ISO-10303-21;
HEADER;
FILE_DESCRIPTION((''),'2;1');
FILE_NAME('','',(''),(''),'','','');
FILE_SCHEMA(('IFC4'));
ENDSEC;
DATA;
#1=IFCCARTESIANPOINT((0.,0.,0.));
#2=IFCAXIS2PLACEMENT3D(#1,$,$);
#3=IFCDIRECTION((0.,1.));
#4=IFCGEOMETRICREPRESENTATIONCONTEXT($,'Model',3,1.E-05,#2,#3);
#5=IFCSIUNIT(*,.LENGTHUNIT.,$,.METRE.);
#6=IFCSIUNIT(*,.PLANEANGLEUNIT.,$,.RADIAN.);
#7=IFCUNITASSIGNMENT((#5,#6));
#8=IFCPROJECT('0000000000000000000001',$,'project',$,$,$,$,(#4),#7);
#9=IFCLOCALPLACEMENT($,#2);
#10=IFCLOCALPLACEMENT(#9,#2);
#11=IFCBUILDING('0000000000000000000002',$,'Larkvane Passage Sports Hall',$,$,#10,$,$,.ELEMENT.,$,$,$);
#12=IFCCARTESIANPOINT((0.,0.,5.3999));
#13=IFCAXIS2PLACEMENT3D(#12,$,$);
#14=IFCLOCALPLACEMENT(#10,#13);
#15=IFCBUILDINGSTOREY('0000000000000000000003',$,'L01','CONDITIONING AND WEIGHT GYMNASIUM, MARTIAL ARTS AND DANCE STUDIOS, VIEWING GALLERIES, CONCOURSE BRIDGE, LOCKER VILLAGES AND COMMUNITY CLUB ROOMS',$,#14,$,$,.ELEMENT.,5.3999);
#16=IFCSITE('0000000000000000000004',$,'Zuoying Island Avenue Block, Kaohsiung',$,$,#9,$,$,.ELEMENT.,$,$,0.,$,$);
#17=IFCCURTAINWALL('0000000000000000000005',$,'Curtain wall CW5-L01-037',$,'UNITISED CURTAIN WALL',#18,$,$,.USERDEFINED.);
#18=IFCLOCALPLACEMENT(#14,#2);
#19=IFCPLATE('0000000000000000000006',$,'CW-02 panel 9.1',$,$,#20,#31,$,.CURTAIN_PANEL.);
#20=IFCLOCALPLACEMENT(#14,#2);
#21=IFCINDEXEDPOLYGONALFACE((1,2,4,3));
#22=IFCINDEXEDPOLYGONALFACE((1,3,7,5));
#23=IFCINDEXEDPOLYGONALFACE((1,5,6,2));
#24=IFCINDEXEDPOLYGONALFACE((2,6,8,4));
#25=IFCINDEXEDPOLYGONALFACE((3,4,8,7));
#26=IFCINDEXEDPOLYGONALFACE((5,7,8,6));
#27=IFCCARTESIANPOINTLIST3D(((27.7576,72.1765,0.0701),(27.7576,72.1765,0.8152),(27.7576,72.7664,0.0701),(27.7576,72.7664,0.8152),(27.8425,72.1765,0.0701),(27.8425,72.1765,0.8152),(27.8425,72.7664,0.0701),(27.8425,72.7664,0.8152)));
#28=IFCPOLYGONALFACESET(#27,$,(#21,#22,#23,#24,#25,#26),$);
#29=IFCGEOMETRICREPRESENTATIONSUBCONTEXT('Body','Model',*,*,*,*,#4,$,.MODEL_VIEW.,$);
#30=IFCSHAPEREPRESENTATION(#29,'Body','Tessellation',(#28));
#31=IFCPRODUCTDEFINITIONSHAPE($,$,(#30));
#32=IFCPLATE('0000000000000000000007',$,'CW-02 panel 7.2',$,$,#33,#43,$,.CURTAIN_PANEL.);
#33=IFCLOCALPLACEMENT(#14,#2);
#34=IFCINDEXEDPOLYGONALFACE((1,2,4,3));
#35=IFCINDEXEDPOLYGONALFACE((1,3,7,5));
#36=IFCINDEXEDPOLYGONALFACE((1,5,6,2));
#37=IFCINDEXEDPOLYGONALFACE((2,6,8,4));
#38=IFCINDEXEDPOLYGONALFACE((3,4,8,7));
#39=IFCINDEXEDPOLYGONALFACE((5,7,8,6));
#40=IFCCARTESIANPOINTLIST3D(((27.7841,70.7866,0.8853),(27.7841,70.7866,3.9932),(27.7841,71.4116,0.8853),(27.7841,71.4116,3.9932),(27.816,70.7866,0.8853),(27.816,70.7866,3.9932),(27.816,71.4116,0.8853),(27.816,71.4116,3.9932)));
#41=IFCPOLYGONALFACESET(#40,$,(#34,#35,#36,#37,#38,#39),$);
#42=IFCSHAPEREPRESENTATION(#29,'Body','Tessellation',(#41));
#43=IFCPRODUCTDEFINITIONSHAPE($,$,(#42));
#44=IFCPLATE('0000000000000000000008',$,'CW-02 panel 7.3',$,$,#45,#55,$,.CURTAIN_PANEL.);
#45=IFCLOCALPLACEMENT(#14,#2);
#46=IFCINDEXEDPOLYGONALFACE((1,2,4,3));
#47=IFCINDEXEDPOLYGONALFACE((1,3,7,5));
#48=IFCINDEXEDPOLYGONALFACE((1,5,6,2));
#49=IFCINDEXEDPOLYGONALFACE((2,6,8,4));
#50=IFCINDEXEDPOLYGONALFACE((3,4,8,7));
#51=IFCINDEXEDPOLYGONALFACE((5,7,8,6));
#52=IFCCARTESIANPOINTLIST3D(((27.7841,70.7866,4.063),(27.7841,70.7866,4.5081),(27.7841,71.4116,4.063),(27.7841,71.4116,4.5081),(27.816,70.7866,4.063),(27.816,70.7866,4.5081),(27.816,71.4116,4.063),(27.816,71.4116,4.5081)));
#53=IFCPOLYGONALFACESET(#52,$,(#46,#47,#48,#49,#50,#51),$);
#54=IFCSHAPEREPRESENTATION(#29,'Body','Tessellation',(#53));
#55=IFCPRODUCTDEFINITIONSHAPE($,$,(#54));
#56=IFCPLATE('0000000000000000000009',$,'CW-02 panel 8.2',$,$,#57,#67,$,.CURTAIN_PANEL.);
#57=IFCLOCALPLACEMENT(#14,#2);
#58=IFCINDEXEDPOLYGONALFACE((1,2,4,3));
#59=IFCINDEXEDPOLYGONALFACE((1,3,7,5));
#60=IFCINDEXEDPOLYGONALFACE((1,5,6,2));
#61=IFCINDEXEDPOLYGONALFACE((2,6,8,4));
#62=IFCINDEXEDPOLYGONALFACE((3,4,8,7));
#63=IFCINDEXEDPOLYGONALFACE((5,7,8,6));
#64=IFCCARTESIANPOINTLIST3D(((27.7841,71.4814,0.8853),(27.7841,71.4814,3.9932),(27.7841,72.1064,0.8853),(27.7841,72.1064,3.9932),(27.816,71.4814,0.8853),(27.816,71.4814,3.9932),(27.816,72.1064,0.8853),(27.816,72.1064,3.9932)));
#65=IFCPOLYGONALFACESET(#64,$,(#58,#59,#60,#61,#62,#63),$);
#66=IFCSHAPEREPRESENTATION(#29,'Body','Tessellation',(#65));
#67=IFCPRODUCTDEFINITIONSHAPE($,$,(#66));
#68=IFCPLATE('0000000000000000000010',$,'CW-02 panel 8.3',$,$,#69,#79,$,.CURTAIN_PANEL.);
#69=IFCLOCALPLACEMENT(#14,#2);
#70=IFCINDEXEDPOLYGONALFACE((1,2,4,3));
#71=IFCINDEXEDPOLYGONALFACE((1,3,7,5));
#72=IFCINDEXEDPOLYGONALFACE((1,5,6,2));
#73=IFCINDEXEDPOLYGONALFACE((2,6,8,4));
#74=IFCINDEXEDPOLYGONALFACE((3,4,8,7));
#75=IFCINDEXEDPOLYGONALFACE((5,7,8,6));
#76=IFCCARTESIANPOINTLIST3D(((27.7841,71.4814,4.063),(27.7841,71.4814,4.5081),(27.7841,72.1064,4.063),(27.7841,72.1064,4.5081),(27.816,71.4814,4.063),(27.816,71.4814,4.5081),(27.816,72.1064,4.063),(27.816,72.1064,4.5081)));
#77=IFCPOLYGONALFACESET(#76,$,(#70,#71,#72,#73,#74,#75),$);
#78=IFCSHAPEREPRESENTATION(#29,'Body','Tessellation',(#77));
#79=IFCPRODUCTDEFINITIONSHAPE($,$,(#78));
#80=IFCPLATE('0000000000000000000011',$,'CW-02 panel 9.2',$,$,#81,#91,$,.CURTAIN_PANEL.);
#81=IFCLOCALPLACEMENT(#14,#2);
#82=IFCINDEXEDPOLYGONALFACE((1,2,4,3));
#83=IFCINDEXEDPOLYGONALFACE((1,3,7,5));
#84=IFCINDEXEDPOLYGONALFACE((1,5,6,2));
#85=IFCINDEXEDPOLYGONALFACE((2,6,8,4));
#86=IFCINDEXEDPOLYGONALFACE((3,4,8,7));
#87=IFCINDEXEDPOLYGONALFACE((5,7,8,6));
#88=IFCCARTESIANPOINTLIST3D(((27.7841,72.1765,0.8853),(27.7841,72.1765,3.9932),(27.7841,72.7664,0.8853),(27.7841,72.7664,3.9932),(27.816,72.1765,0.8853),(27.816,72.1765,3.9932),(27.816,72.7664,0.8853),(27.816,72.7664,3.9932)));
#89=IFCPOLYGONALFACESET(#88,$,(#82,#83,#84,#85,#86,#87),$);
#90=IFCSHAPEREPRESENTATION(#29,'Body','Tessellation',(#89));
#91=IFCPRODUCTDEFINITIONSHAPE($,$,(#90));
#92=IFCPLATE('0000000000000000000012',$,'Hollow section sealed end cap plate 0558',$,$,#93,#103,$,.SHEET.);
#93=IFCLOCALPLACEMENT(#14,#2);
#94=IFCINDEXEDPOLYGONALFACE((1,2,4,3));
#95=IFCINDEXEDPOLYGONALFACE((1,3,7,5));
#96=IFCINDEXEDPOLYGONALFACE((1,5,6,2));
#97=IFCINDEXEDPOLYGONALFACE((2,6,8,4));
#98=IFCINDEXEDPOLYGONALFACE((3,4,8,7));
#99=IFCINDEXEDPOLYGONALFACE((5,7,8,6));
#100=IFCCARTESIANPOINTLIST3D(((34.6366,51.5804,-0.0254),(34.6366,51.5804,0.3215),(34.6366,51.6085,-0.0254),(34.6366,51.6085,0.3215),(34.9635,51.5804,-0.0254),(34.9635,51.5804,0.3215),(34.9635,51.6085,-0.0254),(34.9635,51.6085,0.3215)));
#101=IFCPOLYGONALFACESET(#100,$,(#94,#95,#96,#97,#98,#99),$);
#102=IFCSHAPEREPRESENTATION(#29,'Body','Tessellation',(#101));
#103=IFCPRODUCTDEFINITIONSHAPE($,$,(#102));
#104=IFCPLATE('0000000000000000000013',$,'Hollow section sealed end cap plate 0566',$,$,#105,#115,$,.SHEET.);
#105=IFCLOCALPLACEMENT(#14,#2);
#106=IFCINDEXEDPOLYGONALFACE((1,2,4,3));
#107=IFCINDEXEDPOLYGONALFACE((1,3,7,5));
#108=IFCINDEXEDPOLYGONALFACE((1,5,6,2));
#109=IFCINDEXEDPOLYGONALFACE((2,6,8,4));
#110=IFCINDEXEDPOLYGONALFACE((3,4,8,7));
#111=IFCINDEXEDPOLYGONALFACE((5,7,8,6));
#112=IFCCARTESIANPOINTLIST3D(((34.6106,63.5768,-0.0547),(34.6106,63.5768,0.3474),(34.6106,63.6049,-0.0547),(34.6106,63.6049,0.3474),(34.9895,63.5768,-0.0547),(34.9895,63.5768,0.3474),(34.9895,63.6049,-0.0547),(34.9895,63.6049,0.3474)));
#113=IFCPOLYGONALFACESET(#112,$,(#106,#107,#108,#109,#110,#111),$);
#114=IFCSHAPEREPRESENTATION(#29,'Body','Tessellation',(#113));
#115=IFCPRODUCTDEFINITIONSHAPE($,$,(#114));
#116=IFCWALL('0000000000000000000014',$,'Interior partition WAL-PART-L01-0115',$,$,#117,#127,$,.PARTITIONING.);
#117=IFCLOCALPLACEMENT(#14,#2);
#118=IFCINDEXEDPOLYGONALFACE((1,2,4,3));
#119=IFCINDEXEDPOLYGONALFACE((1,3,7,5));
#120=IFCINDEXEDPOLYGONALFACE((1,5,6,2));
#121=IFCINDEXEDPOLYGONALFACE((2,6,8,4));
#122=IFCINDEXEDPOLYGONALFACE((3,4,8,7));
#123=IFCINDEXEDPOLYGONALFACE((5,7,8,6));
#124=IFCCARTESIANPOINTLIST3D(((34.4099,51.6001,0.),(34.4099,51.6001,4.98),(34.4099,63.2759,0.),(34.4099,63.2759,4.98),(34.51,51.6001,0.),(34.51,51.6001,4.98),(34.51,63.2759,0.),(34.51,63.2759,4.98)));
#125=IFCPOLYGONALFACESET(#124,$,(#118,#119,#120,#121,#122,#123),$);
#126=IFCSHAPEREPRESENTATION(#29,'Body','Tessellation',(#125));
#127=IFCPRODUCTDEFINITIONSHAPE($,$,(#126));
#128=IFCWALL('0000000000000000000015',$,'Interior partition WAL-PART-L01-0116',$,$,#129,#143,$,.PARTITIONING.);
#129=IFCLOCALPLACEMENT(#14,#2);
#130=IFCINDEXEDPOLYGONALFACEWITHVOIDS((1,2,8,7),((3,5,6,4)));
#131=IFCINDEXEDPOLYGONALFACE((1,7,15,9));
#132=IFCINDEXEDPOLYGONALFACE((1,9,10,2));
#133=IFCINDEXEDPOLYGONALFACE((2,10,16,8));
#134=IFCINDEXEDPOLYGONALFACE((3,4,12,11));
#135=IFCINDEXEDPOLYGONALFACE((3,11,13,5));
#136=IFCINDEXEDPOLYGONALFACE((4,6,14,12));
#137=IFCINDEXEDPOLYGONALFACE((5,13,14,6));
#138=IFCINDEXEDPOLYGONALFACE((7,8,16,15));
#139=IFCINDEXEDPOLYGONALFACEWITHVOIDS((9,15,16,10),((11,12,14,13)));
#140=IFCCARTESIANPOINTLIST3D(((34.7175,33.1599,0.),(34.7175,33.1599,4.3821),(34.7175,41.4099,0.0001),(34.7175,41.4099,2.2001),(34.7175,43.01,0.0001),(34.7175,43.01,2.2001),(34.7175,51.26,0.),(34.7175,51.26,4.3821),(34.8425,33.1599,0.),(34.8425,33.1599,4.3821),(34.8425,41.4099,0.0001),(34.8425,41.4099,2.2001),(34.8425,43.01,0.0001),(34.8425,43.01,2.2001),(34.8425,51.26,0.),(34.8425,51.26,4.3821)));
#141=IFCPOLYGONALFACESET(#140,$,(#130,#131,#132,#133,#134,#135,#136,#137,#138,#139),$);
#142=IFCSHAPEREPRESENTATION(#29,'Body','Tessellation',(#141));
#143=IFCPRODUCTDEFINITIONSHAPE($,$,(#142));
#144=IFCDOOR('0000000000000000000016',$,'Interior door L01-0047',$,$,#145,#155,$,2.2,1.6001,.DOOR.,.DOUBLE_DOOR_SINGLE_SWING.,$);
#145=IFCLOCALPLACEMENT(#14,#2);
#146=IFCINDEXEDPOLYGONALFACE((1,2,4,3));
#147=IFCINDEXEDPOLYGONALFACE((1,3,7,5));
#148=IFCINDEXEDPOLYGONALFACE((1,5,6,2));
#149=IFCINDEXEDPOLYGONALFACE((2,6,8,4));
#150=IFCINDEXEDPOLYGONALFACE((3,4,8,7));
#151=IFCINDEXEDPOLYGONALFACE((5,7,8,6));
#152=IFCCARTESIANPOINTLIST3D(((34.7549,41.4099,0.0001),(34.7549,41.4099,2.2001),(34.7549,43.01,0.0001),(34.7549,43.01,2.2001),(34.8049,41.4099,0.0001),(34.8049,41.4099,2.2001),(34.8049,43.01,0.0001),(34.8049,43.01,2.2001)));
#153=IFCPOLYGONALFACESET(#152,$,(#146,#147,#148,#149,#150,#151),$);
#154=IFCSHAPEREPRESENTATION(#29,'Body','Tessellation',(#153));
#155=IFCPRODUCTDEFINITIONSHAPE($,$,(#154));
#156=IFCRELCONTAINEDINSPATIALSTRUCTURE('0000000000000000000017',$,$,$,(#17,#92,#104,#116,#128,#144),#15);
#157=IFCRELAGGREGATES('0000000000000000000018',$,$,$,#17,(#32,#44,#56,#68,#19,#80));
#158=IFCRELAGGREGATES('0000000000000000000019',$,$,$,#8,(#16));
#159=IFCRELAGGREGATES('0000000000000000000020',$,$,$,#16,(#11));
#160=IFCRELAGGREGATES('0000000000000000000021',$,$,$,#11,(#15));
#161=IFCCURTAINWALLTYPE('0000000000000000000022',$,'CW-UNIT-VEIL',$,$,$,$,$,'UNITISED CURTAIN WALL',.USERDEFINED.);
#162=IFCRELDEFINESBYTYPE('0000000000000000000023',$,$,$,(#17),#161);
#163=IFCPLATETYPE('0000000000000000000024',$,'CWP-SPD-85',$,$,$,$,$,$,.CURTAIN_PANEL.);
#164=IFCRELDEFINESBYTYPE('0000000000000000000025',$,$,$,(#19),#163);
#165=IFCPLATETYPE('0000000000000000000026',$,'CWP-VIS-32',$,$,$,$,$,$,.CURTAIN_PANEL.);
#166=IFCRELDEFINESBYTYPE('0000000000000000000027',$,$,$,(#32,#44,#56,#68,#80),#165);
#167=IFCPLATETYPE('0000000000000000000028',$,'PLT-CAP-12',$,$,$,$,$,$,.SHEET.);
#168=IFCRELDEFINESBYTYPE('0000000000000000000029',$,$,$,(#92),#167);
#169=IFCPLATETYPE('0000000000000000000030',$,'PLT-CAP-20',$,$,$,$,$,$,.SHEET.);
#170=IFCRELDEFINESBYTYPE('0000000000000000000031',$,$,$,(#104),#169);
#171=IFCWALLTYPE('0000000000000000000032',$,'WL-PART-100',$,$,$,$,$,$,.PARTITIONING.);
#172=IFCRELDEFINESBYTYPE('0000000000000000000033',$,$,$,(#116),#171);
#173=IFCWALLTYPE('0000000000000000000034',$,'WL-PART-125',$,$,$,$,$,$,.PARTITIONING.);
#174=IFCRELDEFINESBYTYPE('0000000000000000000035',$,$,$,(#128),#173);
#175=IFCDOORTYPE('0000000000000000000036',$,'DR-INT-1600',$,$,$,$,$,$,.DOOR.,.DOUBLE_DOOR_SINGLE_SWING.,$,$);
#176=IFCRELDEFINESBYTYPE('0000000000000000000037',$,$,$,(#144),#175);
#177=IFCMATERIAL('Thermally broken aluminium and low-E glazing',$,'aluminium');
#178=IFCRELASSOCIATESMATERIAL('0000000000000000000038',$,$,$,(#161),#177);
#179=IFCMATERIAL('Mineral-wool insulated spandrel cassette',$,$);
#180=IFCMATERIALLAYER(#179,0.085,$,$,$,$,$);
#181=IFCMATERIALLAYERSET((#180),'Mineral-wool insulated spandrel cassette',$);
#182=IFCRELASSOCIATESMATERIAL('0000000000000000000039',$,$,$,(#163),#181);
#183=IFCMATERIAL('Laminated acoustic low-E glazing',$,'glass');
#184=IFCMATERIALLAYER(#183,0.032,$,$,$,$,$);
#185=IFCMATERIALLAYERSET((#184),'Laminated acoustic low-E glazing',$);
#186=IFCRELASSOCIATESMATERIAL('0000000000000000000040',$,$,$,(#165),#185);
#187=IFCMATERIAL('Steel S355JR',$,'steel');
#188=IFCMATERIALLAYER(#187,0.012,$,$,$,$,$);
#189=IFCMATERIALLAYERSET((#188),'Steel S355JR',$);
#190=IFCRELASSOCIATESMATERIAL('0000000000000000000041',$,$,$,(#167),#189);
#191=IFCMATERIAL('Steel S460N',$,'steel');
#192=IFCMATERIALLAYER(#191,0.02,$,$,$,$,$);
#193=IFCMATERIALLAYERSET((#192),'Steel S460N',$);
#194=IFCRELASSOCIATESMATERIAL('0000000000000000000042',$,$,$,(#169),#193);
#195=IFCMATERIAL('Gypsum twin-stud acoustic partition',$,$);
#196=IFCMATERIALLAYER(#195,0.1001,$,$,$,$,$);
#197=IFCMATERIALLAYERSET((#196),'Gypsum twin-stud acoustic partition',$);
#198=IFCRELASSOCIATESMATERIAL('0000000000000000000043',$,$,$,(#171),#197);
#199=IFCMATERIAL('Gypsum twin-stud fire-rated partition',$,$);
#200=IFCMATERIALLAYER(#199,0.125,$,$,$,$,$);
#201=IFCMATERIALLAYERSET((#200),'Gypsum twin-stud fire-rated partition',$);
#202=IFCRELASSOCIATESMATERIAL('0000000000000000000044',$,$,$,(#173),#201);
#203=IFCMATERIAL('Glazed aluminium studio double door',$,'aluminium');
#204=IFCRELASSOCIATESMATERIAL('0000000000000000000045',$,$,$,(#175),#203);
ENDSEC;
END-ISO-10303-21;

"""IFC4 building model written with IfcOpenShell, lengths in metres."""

from ifc_helpers import new_model, si_unit, direction, frame, frame_2d, origin, origin_2d, place, context, subcontext, project, spatial, rectangle, extrude, material, layer, layer_set, type_object, element, fill, aggregate, save


model = new_model("IFC4")

# Units and contexts
model_context = context("Model", 3, precision=1e-05, world=origin(), true_north=direction((0.0, 1.0)))
body_context = subcontext(model_context, "Body", "Model", "MODEL_VIEW")
ifc_project = project(units=[si_unit("LENGTHUNIT", "METRE"), si_unit("PLANEANGLEUNIT", "RADIAN")], contexts=[model_context])

# Site, building, storey
site_placement = place(None, origin())
site = spatial("IfcSite", under=ifc_project, at=site_placement, Name="Zuoying Island Avenue Block, Kaohsiung", CompositionType="ELEMENT", RefElevation=0.0)
building_placement = place(site_placement, origin())
building = spatial("IfcBuilding", under=site, at=building_placement, Name="Larkvane Passage Sports Hall", CompositionType="ELEMENT")
storey_placement = place(building_placement, frame((0.0, 0.0, 5.3999)))
storey = spatial("IfcBuildingStorey", under=building, at=storey_placement, Name="L01", Description="CONDITIONING AND WEIGHT GYMNASIUM, MARTIAL ARTS AND DANCE STUDIOS, VIEWING GALLERIES, CONCOURSE BRIDGE, LOCKER VILLAGES AND COMMUNITY CLUB ROOMS", CompositionType="ELEMENT", Elevation=5.3999)

# Shared definitions
ifc_material_1 = material(Name="Steel S460N", Category="steel")

# Curtain wall
ifc_material_2 = material(Name="Thermally broken aluminium and low-E glazing", Category="aluminium")
curtain_wall_type = type_object("IfcCurtainWallType", Name="CW-UNIT-VEIL", ElementType="UNITISED CURTAIN WALL", PredefinedType="USERDEFINED", material=ifc_material_2)
curtain_wall_placement = place(storey_placement, origin())
curtain_wall = element("IfcCurtainWall", 1, at=curtain_wall_placement, inside=storey, type_object=curtain_wall_type, Name="Curtain wall CW5-L01-037", ObjectType="UNITISED CURTAIN WALL", PredefinedType="USERDEFINED")

# Shared definitions
ifc_material_3 = material(Name="Steel S355JR", Category="steel")

# Plates
ifc_material_4 = material(Name="Mineral-wool insulated spandrel cassette")
ifc_layer_1 = layer(ifc_material_4, 0.085)
ifc_layer_set_1 = layer_set([ifc_layer_1], Name="Mineral-wool insulated spandrel cassette")
plate_type_1 = type_object("IfcPlateType", Name="CWP-SPD-85", PredefinedType="CURTAIN_PANEL", material=ifc_layer_set_1)
plate_1_placement = place(storey_placement, frame((27.8, 72.4714, 0.0701), z_axis=(0.0, 0.0, 1.0), x_axis=(0.0, 1.0, 0.0)))
plate_1 = element("IfcPlate", 2, at=plate_1_placement, type_object=plate_type_1, Name="CW-02 panel 9.1", PredefinedType="CURTAIN_PANEL", context=body_context, shape_type="SweptSolid", body=[
    extrude(rectangle(XDim=0.5898, YDim=0.085, at=origin_2d()), origin(), (0.0, 0.0, 1.0), 0.7451),
])
ifc_material_5 = material(Name="Laminated acoustic low-E glazing", Category="glass")
ifc_layer_2 = layer(ifc_material_5, 0.032)
ifc_layer_set_2 = layer_set([ifc_layer_2], Name="Laminated acoustic low-E glazing")
plate_type_2 = type_object("IfcPlateType", Name="CWP-VIS-32", PredefinedType="CURTAIN_PANEL", material=ifc_layer_set_2)
plate_2_placement = place(storey_placement, frame((27.8, 71.0991, 0.8853), z_axis=(0.0, 0.0, 1.0), x_axis=(0.0, 1.0, 0.0)))
plate_2 = element("IfcPlate", 3, at=plate_2_placement, type_object=plate_type_2, Name="CW-02 panel 7.2", PredefinedType="CURTAIN_PANEL", context=body_context, shape_type="SweptSolid", body=[
    extrude(rectangle(XDim=0.625, YDim=0.032, at=origin_2d()), origin(), (0.0, 0.0, 1.0), 3.1079),
])
plate_3_placement = place(storey_placement, frame((27.8, 71.0991, 4.063), z_axis=(0.0, 0.0, 1.0), x_axis=(0.0, 1.0, 0.0)))
plate_3 = element("IfcPlate", 4, at=plate_3_placement, type_object=plate_type_2, Name="CW-02 panel 7.3", PredefinedType="CURTAIN_PANEL", context=body_context, shape_type="SweptSolid", body=[
    extrude(rectangle(XDim=0.625, YDim=0.032, at=origin_2d()), origin(), (0.0, 0.0, 1.0), 0.4451),
])
plate_4_placement = place(storey_placement, frame((27.8, 71.7939, 0.8853), z_axis=(0.0, 0.0, 1.0), x_axis=(0.0, 1.0, 0.0)))
plate_4 = element("IfcPlate", 5, at=plate_4_placement, type_object=plate_type_2, Name="CW-02 panel 8.2", PredefinedType="CURTAIN_PANEL", context=body_context, shape_type="SweptSolid", body=[
    extrude(rectangle(XDim=0.625, YDim=0.032, at=origin_2d()), origin(), (0.0, 0.0, 1.0), 3.1079),
])
plate_5_placement = place(storey_placement, frame((27.8, 71.7939, 4.063), z_axis=(0.0, 0.0, 1.0), x_axis=(0.0, 1.0, 0.0)))
plate_5 = element("IfcPlate", 6, at=plate_5_placement, type_object=plate_type_2, Name="CW-02 panel 8.3", PredefinedType="CURTAIN_PANEL", context=body_context, shape_type="SweptSolid", body=[
    extrude(rectangle(XDim=0.625, YDim=0.032, at=origin_2d()), origin(), (0.0, 0.0, 1.0), 0.4451),
])
plate_6_placement = place(storey_placement, frame((27.8, 72.4714, 0.8853), z_axis=(0.0, 0.0, 1.0), x_axis=(0.0, 1.0, 0.0)))
plate_6 = element("IfcPlate", 7, at=plate_6_placement, type_object=plate_type_2, Name="CW-02 panel 9.2", PredefinedType="CURTAIN_PANEL", context=body_context, shape_type="SweptSolid", body=[
    extrude(rectangle(XDim=0.5898, YDim=0.032, at=origin_2d()), origin(), (0.0, 0.0, 1.0), 3.1079),
])
aggregate(curtain_wall, [plate_2, plate_3, plate_4, plate_5, plate_1, plate_6])

# Plates
ifc_layer_3 = layer(ifc_material_3, 0.012)
ifc_layer_set_3 = layer_set([ifc_layer_3], Name="Steel S355JR")
plate_type_3 = type_object("IfcPlateType", Name="PLT-CAP-12", PredefinedType="SHEET", material=ifc_layer_set_3)
plate_7_placement = place(storey_placement, frame((34.8, 51.5945, -0.0254), z_axis=(0.0, 0.0, 1.0), x_axis=(-1.0, 0.0, 0.0)))
element("IfcPlate", 8, at=plate_7_placement, inside=storey, type_object=plate_type_3, Name="Hollow section sealed end cap plate 0558", PredefinedType="SHEET", context=body_context, shape_type="SweptSolid", body=[
    extrude(rectangle(XDim=0.3269, YDim=0.0281, at=origin_2d()), origin(), (0.0, 0.0, 1.0), 0.3469),
])
ifc_layer_4 = layer(ifc_material_1, 0.02)
ifc_layer_set_4 = layer_set([ifc_layer_4], Name="Steel S460N")
plate_type_4 = type_object("IfcPlateType", Name="PLT-CAP-20", PredefinedType="SHEET", material=ifc_layer_set_4)
plate_8_placement = place(storey_placement, frame((34.8, 63.5908, -0.0547), z_axis=(0.0, 0.0, 1.0), x_axis=(-1.0, 0.0, 0.0)))
element("IfcPlate", 9, at=plate_8_placement, inside=storey, type_object=plate_type_4, Name="Hollow section sealed end cap plate 0566", PredefinedType="SHEET", context=body_context, shape_type="SweptSolid", body=[
    extrude(rectangle(XDim=0.3789, YDim=0.0281, at=origin_2d()), origin(), (0.0, 0.0, 1.0), 0.4021),
])

# Wall
ifc_material_6 = material(Name="Gypsum twin-stud acoustic partition")
ifc_layer_5 = layer(ifc_material_6, 0.1001)
ifc_layer_set_5 = layer_set([ifc_layer_5], Name="Gypsum twin-stud acoustic partition")
wall_type_1 = type_object("IfcWallType", Name="WL-PART-100", PredefinedType="PARTITIONING", material=ifc_layer_set_5)
wall_1_placement = place(storey_placement, frame((34.46, 63.2759, 0.0), z_axis=(0.0, 0.0, 1.0), x_axis=(0.0, -1.0, 0.0)))
element("IfcWall", 10, at=wall_1_placement, inside=storey, type_object=wall_type_1, Name="Interior partition WAL-PART-L01-0115", PredefinedType="PARTITIONING", context=body_context, shape_type="SweptSolid", body=[
    extrude(rectangle(XDim=11.6758, YDim=0.1001, at=frame_2d((5.8379, 0.0))), origin(), (0.0, 0.0, 1.0), 4.98),
])

# Wall, opening, door
ifc_material_7 = material(Name="Gypsum twin-stud fire-rated partition")
ifc_layer_6 = layer(ifc_material_7, 0.125)
ifc_layer_set_6 = layer_set([ifc_layer_6], Name="Gypsum twin-stud fire-rated partition")
wall_type_2 = type_object("IfcWallType", Name="WL-PART-125", PredefinedType="PARTITIONING", material=ifc_layer_set_6)
wall_2_placement = place(storey_placement, frame((34.78, 51.26, 0.0), z_axis=(0.0, 0.0, 1.0), x_axis=(0.0, -1.0, 0.0)))
wall_2 = element("IfcWall", 11, at=wall_2_placement, inside=storey, type_object=wall_type_2, Name="Interior partition WAL-PART-L01-0116", PredefinedType="PARTITIONING", context=body_context, shape_type="SweptSolid", body=[
    extrude(rectangle(XDim=18.1001, YDim=0.125, at=frame_2d((9.05, 0.0))), origin(), (0.0, 0.0, 1.0), 4.3821),
])
opening_placement = place(wall_2_placement, frame((8.25, 0.0, 0.0)))
opening = element("IfcOpeningElement", 12, at=opening_placement, cuts=wall_2, PredefinedType="OPENING", context=body_context, shape_type="SweptSolid", body=[
    extrude(rectangle(XDim=1.6001, YDim=2.2, at=frame_2d((0.8, 1.1001))), frame((0.0, 0.0725, 0.0), z_axis=(0.0, -1.0, 0.0), x_axis=(1.0, 0.0, 0.0)), (0.0, 0.0, 1.0), 0.145),
])
ifc_material_8 = material(Name="Glazed aluminium studio double door", Category="aluminium")
door_type = type_object("IfcDoorType", Name="DR-INT-1600", OperationType="DOUBLE_DOOR_SINGLE_SWING", PredefinedType="DOOR", material=ifc_material_8)
door_placement = place(opening_placement, origin())
door = element("IfcDoor", 13, at=door_placement, inside=storey, type_object=door_type, Name="Interior door L01-0047", OperationType="DOUBLE_DOOR_SINGLE_SWING", OverallHeight=2.2, OverallWidth=1.6001, PredefinedType="DOOR", context=body_context, shape_type="SweptSolid", body=[
    extrude(rectangle(XDim=1.6001, YDim=2.2, at=frame_2d((0.8, 1.1001))), frame((0.0, 0.0249, 0.0), z_axis=(0.0, -1.0, 0.0), x_axis=(1.0, 0.0, 0.0)), (0.0, 0.0, 1.0), 0.05),
])
fill(opening, door)

save(model, "model.ifc")
